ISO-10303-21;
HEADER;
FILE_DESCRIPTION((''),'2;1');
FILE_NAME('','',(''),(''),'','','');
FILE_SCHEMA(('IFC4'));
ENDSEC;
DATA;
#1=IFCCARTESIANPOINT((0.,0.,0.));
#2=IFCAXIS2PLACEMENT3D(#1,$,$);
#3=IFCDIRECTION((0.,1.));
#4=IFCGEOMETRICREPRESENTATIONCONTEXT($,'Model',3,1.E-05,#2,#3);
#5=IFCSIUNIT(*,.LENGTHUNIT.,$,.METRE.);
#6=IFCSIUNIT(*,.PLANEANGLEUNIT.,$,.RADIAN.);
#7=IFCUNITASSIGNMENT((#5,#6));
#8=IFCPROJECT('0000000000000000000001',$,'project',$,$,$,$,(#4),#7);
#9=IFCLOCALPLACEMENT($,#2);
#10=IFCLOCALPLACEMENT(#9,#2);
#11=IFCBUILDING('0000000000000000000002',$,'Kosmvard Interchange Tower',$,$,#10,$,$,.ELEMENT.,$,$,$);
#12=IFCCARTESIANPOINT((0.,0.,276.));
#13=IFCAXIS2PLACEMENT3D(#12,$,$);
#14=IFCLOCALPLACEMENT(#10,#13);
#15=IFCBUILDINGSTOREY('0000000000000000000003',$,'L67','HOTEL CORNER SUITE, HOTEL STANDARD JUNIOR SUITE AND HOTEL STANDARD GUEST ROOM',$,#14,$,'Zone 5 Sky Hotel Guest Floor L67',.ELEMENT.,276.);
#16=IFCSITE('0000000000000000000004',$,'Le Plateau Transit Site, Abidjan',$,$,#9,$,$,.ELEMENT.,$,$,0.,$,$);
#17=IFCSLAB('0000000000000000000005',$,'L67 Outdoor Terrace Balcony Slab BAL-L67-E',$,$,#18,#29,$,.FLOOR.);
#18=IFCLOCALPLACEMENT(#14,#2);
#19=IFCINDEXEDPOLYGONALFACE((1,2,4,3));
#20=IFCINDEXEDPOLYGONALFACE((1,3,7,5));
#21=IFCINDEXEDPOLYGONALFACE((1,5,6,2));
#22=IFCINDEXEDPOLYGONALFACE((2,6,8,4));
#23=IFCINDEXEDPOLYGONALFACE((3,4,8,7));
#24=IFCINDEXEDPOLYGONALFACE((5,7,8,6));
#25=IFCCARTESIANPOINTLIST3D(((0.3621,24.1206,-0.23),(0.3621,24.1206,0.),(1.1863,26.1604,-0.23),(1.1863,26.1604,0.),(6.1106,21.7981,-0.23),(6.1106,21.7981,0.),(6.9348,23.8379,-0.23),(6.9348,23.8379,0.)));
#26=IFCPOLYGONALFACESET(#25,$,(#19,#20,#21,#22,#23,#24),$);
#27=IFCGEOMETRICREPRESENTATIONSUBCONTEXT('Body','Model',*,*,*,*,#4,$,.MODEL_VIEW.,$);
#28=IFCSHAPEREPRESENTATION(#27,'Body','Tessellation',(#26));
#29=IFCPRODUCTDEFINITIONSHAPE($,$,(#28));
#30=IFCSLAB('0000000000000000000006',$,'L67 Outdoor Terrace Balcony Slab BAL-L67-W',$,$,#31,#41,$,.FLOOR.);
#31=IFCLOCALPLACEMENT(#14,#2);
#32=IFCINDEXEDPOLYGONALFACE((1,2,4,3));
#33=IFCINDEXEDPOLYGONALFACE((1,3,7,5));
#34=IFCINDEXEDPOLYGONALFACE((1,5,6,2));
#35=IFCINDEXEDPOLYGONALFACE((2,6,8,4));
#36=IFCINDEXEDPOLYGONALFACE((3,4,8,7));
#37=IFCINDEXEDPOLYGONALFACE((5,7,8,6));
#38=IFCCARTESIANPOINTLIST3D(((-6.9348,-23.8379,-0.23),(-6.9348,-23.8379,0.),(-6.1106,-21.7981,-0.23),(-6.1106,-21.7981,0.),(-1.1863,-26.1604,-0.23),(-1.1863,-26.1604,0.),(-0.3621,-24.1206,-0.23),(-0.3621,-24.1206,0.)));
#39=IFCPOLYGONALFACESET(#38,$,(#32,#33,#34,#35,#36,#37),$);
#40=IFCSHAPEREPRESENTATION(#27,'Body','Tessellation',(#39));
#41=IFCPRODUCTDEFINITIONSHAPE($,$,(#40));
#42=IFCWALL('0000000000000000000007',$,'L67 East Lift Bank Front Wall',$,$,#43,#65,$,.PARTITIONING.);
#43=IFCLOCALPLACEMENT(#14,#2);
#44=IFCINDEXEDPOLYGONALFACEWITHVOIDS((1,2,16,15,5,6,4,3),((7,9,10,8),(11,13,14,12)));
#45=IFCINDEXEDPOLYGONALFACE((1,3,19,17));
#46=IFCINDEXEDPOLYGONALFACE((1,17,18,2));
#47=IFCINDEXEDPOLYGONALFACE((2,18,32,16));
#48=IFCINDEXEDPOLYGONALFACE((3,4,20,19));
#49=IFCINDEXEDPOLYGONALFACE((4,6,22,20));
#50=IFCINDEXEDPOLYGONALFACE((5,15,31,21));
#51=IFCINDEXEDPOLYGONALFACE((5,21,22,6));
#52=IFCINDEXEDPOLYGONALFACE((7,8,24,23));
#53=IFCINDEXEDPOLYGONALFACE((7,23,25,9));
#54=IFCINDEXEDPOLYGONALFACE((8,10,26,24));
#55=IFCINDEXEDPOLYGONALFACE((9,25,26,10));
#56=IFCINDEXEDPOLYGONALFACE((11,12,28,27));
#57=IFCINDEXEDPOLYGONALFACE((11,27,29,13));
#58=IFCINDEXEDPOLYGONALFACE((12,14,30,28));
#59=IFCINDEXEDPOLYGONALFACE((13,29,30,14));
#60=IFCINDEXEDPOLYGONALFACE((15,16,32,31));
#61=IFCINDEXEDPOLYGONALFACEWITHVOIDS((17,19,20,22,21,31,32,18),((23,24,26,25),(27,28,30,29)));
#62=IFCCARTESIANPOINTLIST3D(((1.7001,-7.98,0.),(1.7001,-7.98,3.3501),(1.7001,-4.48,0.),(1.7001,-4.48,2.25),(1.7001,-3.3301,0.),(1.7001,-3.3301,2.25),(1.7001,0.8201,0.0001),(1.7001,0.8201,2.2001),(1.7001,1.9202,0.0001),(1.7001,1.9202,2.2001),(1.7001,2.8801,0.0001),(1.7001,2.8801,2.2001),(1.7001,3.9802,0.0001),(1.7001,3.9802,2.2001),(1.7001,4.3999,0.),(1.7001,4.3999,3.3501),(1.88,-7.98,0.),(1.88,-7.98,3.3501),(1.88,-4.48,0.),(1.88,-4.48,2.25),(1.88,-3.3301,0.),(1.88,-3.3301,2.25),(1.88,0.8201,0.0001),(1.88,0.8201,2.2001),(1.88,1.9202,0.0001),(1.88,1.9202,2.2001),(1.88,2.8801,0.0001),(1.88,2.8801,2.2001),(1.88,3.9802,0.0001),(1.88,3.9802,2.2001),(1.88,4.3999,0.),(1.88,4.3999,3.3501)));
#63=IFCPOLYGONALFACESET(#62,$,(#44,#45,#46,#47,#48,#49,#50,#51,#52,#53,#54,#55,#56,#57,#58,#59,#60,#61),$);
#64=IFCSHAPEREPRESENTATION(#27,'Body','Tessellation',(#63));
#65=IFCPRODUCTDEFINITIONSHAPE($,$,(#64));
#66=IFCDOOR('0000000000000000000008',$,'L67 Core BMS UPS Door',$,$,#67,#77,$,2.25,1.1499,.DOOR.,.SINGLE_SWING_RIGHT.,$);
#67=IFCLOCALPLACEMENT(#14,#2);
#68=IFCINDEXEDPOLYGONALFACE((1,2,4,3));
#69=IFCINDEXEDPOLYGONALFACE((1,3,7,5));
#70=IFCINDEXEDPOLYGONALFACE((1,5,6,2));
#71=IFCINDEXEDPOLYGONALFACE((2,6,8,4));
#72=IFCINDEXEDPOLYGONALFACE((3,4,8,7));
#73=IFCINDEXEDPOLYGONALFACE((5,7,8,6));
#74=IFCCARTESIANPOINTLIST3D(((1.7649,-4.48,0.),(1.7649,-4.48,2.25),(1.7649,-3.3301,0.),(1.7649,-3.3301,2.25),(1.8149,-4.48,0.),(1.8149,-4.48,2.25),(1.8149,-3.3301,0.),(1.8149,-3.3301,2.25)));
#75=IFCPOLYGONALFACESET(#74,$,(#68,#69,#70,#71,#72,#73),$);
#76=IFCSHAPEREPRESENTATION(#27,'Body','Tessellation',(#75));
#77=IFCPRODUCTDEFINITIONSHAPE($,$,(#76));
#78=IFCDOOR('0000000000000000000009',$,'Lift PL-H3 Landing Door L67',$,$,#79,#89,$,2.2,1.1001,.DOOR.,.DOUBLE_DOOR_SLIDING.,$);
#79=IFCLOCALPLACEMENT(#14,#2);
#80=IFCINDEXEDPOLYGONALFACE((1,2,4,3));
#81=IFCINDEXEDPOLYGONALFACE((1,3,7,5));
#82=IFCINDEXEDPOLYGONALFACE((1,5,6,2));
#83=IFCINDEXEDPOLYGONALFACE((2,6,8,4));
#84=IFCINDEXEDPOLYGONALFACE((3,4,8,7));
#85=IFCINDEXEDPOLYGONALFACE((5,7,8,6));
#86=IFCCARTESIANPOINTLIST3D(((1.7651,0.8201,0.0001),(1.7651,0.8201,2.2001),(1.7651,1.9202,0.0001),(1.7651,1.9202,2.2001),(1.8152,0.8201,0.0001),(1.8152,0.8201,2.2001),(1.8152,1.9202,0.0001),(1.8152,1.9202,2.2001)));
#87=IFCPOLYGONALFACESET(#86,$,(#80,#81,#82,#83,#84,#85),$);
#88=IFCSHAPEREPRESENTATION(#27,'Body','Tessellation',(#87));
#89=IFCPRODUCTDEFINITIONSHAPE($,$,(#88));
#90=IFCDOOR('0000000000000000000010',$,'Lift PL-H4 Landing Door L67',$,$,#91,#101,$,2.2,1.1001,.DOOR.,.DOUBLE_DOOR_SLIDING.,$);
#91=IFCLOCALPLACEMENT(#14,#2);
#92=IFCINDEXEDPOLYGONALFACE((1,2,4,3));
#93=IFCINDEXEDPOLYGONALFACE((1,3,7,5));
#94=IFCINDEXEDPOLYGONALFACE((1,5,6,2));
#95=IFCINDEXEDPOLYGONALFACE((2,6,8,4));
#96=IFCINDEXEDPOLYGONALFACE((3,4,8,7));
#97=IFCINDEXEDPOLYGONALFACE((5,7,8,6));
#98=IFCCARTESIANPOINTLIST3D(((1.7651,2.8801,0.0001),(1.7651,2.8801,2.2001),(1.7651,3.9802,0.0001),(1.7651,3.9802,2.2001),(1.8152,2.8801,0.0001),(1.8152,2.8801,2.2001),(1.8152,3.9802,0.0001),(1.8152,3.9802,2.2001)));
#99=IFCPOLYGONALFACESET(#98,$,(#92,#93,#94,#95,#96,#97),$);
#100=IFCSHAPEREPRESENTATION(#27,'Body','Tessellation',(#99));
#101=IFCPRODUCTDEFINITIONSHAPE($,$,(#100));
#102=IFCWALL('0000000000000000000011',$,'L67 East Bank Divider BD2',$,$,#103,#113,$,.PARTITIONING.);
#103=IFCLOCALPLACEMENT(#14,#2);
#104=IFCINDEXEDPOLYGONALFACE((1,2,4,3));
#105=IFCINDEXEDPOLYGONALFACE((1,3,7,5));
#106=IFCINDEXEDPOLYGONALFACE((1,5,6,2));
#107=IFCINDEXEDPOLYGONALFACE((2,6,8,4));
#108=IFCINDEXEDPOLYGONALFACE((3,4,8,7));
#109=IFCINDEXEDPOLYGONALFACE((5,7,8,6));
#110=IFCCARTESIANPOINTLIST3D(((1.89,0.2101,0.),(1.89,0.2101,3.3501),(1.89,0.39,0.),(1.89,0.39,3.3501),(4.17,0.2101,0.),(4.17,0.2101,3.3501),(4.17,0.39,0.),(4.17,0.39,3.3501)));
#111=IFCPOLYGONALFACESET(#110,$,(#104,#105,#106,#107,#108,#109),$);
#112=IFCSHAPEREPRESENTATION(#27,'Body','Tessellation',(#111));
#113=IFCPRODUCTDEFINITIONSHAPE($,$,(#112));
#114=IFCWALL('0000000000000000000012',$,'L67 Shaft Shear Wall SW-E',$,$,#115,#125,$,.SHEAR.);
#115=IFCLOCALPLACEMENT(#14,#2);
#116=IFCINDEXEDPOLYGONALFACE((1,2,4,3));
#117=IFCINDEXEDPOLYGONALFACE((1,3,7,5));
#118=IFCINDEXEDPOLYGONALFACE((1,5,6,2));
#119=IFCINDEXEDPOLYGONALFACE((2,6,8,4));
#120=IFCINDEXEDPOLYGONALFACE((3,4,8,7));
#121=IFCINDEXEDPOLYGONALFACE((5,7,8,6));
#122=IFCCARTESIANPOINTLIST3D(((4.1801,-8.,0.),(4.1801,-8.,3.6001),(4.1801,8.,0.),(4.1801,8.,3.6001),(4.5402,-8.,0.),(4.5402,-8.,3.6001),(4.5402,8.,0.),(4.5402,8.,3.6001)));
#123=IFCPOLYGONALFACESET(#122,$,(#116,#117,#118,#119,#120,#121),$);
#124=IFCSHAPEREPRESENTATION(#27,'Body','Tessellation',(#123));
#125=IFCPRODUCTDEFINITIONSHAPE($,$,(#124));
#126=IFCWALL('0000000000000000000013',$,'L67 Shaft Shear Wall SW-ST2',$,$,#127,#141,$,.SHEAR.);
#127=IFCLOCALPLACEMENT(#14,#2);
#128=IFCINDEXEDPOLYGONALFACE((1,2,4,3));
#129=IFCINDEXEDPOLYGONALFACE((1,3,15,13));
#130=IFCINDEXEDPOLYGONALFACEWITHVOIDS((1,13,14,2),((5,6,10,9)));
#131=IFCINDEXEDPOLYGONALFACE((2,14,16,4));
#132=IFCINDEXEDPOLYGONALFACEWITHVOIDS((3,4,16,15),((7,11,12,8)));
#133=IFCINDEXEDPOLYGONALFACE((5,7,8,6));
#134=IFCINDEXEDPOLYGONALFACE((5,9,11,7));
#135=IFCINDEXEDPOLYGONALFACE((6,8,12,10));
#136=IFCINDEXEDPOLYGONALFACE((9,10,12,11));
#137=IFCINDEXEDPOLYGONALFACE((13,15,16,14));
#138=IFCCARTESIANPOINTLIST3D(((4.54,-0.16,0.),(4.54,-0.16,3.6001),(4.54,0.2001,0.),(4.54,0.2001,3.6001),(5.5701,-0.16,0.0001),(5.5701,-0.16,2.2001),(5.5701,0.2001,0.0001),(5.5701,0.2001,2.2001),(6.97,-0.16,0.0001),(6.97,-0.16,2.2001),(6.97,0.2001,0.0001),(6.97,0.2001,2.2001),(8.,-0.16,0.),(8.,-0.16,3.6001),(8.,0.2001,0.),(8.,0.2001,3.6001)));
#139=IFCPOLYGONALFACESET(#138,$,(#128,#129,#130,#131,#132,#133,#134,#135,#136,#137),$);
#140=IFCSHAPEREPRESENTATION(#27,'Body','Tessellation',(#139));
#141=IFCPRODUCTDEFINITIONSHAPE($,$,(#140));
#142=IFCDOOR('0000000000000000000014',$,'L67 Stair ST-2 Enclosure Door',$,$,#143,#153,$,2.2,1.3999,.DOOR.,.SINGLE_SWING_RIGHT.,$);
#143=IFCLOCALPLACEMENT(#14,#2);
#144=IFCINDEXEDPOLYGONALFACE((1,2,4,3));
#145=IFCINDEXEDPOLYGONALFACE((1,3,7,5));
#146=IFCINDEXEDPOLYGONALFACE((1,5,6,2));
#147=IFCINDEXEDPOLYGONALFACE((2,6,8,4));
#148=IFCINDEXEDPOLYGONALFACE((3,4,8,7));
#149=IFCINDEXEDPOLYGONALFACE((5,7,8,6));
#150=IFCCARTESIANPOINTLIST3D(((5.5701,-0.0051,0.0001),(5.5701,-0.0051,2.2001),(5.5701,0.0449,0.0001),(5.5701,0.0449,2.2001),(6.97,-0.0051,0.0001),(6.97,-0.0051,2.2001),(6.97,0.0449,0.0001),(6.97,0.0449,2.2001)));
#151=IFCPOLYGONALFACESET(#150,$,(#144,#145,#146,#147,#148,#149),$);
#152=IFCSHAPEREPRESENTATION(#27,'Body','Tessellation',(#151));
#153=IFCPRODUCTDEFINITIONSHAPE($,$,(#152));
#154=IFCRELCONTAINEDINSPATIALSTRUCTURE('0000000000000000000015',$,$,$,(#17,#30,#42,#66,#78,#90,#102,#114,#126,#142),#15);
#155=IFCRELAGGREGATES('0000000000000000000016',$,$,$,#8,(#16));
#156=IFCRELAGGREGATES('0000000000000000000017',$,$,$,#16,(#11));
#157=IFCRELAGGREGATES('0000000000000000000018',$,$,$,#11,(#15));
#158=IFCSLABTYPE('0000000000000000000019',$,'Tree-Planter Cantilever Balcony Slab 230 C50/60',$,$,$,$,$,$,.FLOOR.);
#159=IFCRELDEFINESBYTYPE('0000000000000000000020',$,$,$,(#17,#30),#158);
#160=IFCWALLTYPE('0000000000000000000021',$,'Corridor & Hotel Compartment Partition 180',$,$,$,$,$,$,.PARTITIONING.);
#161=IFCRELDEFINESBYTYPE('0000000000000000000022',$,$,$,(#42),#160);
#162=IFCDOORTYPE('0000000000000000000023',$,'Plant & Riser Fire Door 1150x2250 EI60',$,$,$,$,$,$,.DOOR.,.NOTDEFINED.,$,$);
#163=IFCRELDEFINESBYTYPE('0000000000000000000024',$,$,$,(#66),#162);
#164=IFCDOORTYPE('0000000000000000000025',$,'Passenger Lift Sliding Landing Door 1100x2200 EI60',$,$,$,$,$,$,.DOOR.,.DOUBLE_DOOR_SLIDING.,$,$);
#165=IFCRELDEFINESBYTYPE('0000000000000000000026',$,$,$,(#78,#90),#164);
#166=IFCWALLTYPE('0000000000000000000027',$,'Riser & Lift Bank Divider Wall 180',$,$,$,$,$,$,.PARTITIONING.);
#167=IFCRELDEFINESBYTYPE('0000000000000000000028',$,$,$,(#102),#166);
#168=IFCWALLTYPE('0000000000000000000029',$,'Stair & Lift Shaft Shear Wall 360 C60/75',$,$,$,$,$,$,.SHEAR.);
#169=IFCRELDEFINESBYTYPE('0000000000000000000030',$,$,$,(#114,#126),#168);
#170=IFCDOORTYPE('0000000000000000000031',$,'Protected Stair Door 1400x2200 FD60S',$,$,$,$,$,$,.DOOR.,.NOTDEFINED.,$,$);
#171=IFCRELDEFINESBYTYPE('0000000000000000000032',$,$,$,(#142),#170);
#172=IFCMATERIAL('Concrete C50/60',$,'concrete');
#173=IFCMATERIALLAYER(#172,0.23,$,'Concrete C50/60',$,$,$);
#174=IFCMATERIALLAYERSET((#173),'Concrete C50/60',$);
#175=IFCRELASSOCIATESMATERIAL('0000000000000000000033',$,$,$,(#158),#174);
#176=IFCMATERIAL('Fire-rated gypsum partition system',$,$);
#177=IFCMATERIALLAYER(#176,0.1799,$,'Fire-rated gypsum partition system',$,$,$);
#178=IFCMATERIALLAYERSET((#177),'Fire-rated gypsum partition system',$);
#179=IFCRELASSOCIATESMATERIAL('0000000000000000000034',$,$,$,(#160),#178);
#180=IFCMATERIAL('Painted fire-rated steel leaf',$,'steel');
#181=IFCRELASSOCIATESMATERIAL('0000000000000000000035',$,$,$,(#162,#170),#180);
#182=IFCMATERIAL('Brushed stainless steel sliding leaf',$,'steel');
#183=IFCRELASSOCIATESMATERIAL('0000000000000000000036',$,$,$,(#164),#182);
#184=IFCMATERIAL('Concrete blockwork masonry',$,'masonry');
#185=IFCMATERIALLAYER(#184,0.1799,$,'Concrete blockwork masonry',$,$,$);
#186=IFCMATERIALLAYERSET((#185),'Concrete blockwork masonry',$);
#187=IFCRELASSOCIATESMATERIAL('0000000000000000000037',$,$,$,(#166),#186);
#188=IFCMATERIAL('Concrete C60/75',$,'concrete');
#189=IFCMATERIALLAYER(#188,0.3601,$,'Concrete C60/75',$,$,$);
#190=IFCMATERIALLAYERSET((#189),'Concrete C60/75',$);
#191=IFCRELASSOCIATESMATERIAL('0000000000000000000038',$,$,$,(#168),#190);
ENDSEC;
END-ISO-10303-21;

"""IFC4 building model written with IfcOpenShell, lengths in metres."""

from ifc_helpers import new_model, si_unit, direction, frame, frame_2d, origin, place, context, subcontext, project, spatial, polyline, rectangle, outline, extrude, source, transform, mapped, material, layer, layer_set, type_object, element, fill, save


model = new_model("IFC4")

# Units and contexts
model_context = context("Model", 3, precision=1e-05, world=origin(), true_north=direction((0.0, 1.0)))
body_context = subcontext(model_context, "Body", "Model", "MODEL_VIEW")
ifc_project = project(units=[si_unit("LENGTHUNIT", "METRE"), si_unit("PLANEANGLEUNIT", "RADIAN")], contexts=[model_context])

# Site, building, storey
site_placement = place(None, origin())
site = spatial("IfcSite", under=ifc_project, at=site_placement, Name="Le Plateau Transit Site, Abidjan", CompositionType="ELEMENT", RefElevation=0.0)
building_placement = place(site_placement, origin())
building = spatial("IfcBuilding", under=site, at=building_placement, Name="Kosmvard Interchange Tower", CompositionType="ELEMENT")
storey_placement = place(building_placement, frame((0.0, 0.0, 276.0)))
storey = spatial("IfcBuildingStorey", under=building, at=storey_placement, Name="L67", Description="HOTEL CORNER SUITE, HOTEL STANDARD JUNIOR SUITE AND HOTEL STANDARD GUEST ROOM", LongName="Zone 5 Sky Hotel Guest Floor L67", CompositionType="ELEMENT", Elevation=276.0)

# Shared definitions
ifc_material_1 = material(Name="Concrete C50/60", Category="concrete")

# Slabs
ifc_layer_1 = layer(ifc_material_1, 0.23, Name="Concrete C50/60")
ifc_layer_set_1 = layer_set([ifc_layer_1], Name="Concrete C50/60")
slab_type_1 = type_object("IfcSlabType", Name="Tree-Planter Cantilever Balcony Slab 230 C50/60", PredefinedType="FLOOR", material=ifc_layer_set_1)
slab_1_placement = place(storey_placement, frame((0.0, 0.0, -0.23)))
element("IfcSlab", 1, at=slab_1_placement, inside=storey, type_object=slab_type_1, Name="L67 Outdoor Terrace Balcony Slab BAL-L67-E", PredefinedType="FLOOR", context=body_context, shape_type="SweptSolid", body=[
    extrude(outline(polyline([(6.1106, 21.7981), (6.9348, 23.8379), (1.1863, 26.1604), (0.3621, 24.1206), (6.1106, 21.7981)])), origin(), (0.0, 0.0, 1.0), 0.23),
])
slab_2_placement = place(storey_placement, frame((0.0, 0.0, -0.23)))
element("IfcSlab", 2, at=slab_2_placement, inside=storey, type_object=slab_type_1, Name="L67 Outdoor Terrace Balcony Slab BAL-L67-W", PredefinedType="FLOOR", context=body_context, shape_type="SweptSolid", body=[
    extrude(outline(polyline([(-1.1863, -26.1604), (-0.3621, -24.1206), (-6.1106, -21.7981), (-6.9348, -23.8379), (-1.1863, -26.1604)])), origin(), (0.0, 0.0, 1.0), 0.23),
])

# Wall, openings, doors
ifc_material_2 = material(Name="Fire-rated gypsum partition system")
ifc_layer_2 = layer(ifc_material_2, 0.1799, Name="Fire-rated gypsum partition system")
ifc_layer_set_2 = layer_set([ifc_layer_2], Name="Fire-rated gypsum partition system")
wall_type_1 = type_object("IfcWallType", Name="Corridor & Hotel Compartment Partition 180", PredefinedType="PARTITIONING", material=ifc_layer_set_2)
wall_1_placement = place(storey_placement, frame((1.79, -7.98, 0.0), z_axis=(0.0, 0.0, 1.0), x_axis=(0.0, 1.0, 0.0)))
wall_1 = element("IfcWall", 3, at=wall_1_placement, inside=storey, type_object=wall_type_1, Name="L67 East Lift Bank Front Wall", PredefinedType="PARTITIONING", context=body_context, shape_type="SweptSolid", body=[
    extrude(rectangle(XDim=12.3799, YDim=0.1799, at=frame_2d((6.1899, 0.0))), origin(), (0.0, 0.0, 1.0), 3.3501),
])
opening_1_placement = place(wall_1_placement, frame((8.8, 0.0, 0.0)))
opening_1 = element("IfcOpeningElement", 4, at=opening_1_placement, cuts=wall_1, PredefinedType="OPENING", context=body_context, shape_type="SweptSolid", body=[
    extrude(rectangle(XDim=1.1001, YDim=2.2, at=frame_2d((0.55, 1.1001))), frame((0.0, 0.1001, 0.0), z_axis=(0.0, -1.0, 0.0), x_axis=(1.0, 0.0, 0.0)), (0.0, 0.0, 1.0), 0.2),
])
opening_2_placement = place(wall_1_placement, frame((10.8601, 0.0, 0.0)))
opening_2 = element("IfcOpeningElement", 5, at=opening_2_placement, cuts=wall_1, PredefinedType="OPENING", context=body_context, shape_type="SweptSolid", body=[
    extrude(rectangle(XDim=1.1001, YDim=2.2, at=frame_2d((0.55, 1.1001))), frame((0.0, 0.1001, 0.0), z_axis=(0.0, -1.0, 0.0), x_axis=(1.0, 0.0, 0.0)), (0.0, 0.0, 1.0), 0.2),
])
opening_3_placement = place(wall_1_placement, frame((3.5, 0.0, 0.0)))
opening_3 = element("IfcOpeningElement", 6, at=opening_3_placement, cuts=wall_1, PredefinedType="OPENING", context=body_context, shape_type="SweptSolid", body=[
    extrude(rectangle(XDim=1.1499, YDim=2.25, at=frame_2d((0.575, 1.125))), frame((0.0, 0.1001, 0.0), z_axis=(0.0, -1.0, 0.0), x_axis=(1.0, 0.0, 0.0)), (0.0, 0.0, 1.0), 0.2),
])
ifc_material_3 = material(Name="Painted fire-rated steel leaf", Category="steel")
door_type_1 = type_object("IfcDoorType", Name="Plant & Riser Fire Door 1150x2250 EI60", OperationType="NOTDEFINED", PredefinedType="DOOR", material=ifc_material_3)
shared_shape_1 = source(origin(), body_context, "Body", "SweptSolid", [
    extrude(rectangle(XDim=1.1499, YDim=2.25, at=frame_2d((0.575, 1.125))), frame((0.0, 0.0249, 0.0), z_axis=(0.0, -1.0, 0.0), x_axis=(1.0, 0.0, 0.0)), (0.0, 0.0, 1.0), 0.05),
])
door_1_placement = place(opening_3_placement, frame((1.1499, 0.0, 0.0), z_axis=(0.0, 0.0, 1.0), x_axis=(-1.0, 0.0, 0.0)))
door_1 = element("IfcDoor", 7, at=door_1_placement, inside=storey, type_object=door_type_1, Name="L67 Core BMS UPS Door", OperationType="SINGLE_SWING_RIGHT", OverallHeight=2.25, OverallWidth=1.1499, PredefinedType="DOOR", context=body_context, shape_type="MappedRepresentation", body=[
    mapped(shared_shape_1, transform((0.0, 0.0, 0.0), scale=1.0)),
])
fill(opening_3, door_1)
ifc_material_4 = material(Name="Brushed stainless steel sliding leaf", Category="steel")
door_type_2 = type_object("IfcDoorType", Name="Passenger Lift Sliding Landing Door 1100x2200 EI60", OperationType="DOUBLE_DOOR_SLIDING", PredefinedType="DOOR", material=ifc_material_4)
shared_shape_2 = source(origin(), body_context, "Body", "SweptSolid", [
    extrude(rectangle(XDim=1.1001, YDim=2.2, at=frame_2d((0.55, 1.1001))), frame((0.0, 0.0249, 0.0), z_axis=(0.0, -1.0, 0.0), x_axis=(1.0, 0.0, 0.0)), (0.0, 0.0, 1.0), 0.05),
])
door_2_placement = place(opening_1_placement, origin())
door_2 = element("IfcDoor", 8, at=door_2_placement, inside=storey, type_object=door_type_2, Name="Lift PL-H3 Landing Door L67", OperationType="DOUBLE_DOOR_SLIDING", OverallHeight=2.2, OverallWidth=1.1001, PredefinedType="DOOR", context=body_context, shape_type="MappedRepresentation", body=[
    mapped(shared_shape_2, transform((0.0, 0.0, 0.0), scale=1.0)),
])
fill(opening_1, door_2)
door_3_placement = place(opening_2_placement, origin())
door_3 = element("IfcDoor", 9, at=door_3_placement, inside=storey, type_object=door_type_2, Name="Lift PL-H4 Landing Door L67", OperationType="DOUBLE_DOOR_SLIDING", OverallHeight=2.2, OverallWidth=1.1001, PredefinedType="DOOR", context=body_context, shape_type="MappedRepresentation", body=[
    mapped(shared_shape_2, transform((0.0, 0.0, 0.0), scale=1.0)),
])
fill(opening_2, door_3)

# Walls
ifc_material_5 = material(Name="Concrete blockwork masonry", Category="masonry")
ifc_layer_3 = layer(ifc_material_5, 0.1799, Name="Concrete blockwork masonry")
ifc_layer_set_3 = layer_set([ifc_layer_3], Name="Concrete blockwork masonry")
wall_type_2 = type_object("IfcWallType", Name="Riser & Lift Bank Divider Wall 180", PredefinedType="PARTITIONING", material=ifc_layer_set_3)
wall_2_placement = place(storey_placement, frame((1.8899, 0.3, 0.0), z_axis=(0.0, 0.0, 1.0), x_axis=(1.0, 0.0, 0.0)))
element("IfcWall", 10, at=wall_2_placement, inside=storey, type_object=wall_type_2, Name="L67 East Bank Divider BD2", PredefinedType="PARTITIONING", context=body_context, shape_type="SweptSolid", body=[
    extrude(rectangle(XDim=2.28, YDim=0.1799, at=frame_2d((1.1401, 0.0))), origin(), (0.0, 0.0, 1.0), 3.3501),
])
ifc_material_6 = material(Name="Concrete C60/75", Category="concrete")
ifc_layer_4 = layer(ifc_material_6, 0.3601, Name="Concrete C60/75")
ifc_layer_set_4 = layer_set([ifc_layer_4], Name="Concrete C60/75")
wall_type_3 = type_object("IfcWallType", Name="Stair & Lift Shaft Shear Wall 360 C60/75", PredefinedType="SHEAR", material=ifc_layer_set_4)
wall_3_placement = place(storey_placement, frame((4.3601, -8.0, 0.0), z_axis=(0.0, 0.0, 1.0), x_axis=(0.0, 1.0, 0.0)))
element("IfcWall", 11, at=wall_3_placement, inside=storey, type_object=wall_type_3, Name="L67 Shaft Shear Wall SW-E", PredefinedType="SHEAR", context=body_context, shape_type="SweptSolid", body=[
    extrude(rectangle(XDim=16.0, YDim=0.3601, at=frame_2d((8.0, 0.0))), origin(), (0.0, 0.0, 1.0), 3.6001),
])

# Wall, opening, door
wall_4_placement = place(storey_placement, frame((4.54, 0.02, 0.0), z_axis=(0.0, 0.0, 1.0), x_axis=(1.0, 0.0, 0.0)))
wall_4 = element("IfcWall", 12, at=wall_4_placement, inside=storey, type_object=wall_type_3, Name="L67 Shaft Shear Wall SW-ST2", PredefinedType="SHEAR", context=body_context, shape_type="SweptSolid", body=[
    extrude(rectangle(XDim=3.46, YDim=0.3601, at=frame_2d((1.73, 0.0))), origin(), (0.0, 0.0, 1.0), 3.6001),
])
opening_4_placement = place(wall_4_placement, frame((1.03, 0.0, 0.0)))
opening_4 = element("IfcOpeningElement", 13, at=opening_4_placement, cuts=wall_4, PredefinedType="OPENING", context=body_context, shape_type="SweptSolid", body=[
    extrude(rectangle(XDim=1.3999, YDim=2.2, at=frame_2d((0.7, 1.1001))), frame((0.0, 0.1899, 0.0), z_axis=(0.0, -1.0, 0.0), x_axis=(1.0, 0.0, 0.0)), (0.0, 0.0, 1.0), 0.3801),
])
door_type_3 = type_object("IfcDoorType", Name="Protected Stair Door 1400x2200 FD60S", OperationType="NOTDEFINED", PredefinedType="DOOR", material=ifc_material_3)
shared_shape_3 = source(origin(), body_context, "Body", "SweptSolid", [
    extrude(rectangle(XDim=1.3999, YDim=2.2, at=frame_2d((0.7, 1.1001))), frame((0.0, 0.0249, 0.0), z_axis=(0.0, -1.0, 0.0), x_axis=(1.0, 0.0, 0.0)), (0.0, 0.0, 1.0), 0.05),
])
door_4_placement = place(opening_4_placement, origin())
door_4 = element("IfcDoor", 14, at=door_4_placement, inside=storey, type_object=door_type_3, Name="L67 Stair ST-2 Enclosure Door", OperationType="SINGLE_SWING_RIGHT", OverallHeight=2.2, OverallWidth=1.3999, PredefinedType="DOOR", context=body_context, shape_type="MappedRepresentation", body=[
    mapped(shared_shape_3, transform((0.0, 0.0, 0.0), scale=1.0)),
])
fill(opening_4, door_4)

save(model, "model.ifc")
